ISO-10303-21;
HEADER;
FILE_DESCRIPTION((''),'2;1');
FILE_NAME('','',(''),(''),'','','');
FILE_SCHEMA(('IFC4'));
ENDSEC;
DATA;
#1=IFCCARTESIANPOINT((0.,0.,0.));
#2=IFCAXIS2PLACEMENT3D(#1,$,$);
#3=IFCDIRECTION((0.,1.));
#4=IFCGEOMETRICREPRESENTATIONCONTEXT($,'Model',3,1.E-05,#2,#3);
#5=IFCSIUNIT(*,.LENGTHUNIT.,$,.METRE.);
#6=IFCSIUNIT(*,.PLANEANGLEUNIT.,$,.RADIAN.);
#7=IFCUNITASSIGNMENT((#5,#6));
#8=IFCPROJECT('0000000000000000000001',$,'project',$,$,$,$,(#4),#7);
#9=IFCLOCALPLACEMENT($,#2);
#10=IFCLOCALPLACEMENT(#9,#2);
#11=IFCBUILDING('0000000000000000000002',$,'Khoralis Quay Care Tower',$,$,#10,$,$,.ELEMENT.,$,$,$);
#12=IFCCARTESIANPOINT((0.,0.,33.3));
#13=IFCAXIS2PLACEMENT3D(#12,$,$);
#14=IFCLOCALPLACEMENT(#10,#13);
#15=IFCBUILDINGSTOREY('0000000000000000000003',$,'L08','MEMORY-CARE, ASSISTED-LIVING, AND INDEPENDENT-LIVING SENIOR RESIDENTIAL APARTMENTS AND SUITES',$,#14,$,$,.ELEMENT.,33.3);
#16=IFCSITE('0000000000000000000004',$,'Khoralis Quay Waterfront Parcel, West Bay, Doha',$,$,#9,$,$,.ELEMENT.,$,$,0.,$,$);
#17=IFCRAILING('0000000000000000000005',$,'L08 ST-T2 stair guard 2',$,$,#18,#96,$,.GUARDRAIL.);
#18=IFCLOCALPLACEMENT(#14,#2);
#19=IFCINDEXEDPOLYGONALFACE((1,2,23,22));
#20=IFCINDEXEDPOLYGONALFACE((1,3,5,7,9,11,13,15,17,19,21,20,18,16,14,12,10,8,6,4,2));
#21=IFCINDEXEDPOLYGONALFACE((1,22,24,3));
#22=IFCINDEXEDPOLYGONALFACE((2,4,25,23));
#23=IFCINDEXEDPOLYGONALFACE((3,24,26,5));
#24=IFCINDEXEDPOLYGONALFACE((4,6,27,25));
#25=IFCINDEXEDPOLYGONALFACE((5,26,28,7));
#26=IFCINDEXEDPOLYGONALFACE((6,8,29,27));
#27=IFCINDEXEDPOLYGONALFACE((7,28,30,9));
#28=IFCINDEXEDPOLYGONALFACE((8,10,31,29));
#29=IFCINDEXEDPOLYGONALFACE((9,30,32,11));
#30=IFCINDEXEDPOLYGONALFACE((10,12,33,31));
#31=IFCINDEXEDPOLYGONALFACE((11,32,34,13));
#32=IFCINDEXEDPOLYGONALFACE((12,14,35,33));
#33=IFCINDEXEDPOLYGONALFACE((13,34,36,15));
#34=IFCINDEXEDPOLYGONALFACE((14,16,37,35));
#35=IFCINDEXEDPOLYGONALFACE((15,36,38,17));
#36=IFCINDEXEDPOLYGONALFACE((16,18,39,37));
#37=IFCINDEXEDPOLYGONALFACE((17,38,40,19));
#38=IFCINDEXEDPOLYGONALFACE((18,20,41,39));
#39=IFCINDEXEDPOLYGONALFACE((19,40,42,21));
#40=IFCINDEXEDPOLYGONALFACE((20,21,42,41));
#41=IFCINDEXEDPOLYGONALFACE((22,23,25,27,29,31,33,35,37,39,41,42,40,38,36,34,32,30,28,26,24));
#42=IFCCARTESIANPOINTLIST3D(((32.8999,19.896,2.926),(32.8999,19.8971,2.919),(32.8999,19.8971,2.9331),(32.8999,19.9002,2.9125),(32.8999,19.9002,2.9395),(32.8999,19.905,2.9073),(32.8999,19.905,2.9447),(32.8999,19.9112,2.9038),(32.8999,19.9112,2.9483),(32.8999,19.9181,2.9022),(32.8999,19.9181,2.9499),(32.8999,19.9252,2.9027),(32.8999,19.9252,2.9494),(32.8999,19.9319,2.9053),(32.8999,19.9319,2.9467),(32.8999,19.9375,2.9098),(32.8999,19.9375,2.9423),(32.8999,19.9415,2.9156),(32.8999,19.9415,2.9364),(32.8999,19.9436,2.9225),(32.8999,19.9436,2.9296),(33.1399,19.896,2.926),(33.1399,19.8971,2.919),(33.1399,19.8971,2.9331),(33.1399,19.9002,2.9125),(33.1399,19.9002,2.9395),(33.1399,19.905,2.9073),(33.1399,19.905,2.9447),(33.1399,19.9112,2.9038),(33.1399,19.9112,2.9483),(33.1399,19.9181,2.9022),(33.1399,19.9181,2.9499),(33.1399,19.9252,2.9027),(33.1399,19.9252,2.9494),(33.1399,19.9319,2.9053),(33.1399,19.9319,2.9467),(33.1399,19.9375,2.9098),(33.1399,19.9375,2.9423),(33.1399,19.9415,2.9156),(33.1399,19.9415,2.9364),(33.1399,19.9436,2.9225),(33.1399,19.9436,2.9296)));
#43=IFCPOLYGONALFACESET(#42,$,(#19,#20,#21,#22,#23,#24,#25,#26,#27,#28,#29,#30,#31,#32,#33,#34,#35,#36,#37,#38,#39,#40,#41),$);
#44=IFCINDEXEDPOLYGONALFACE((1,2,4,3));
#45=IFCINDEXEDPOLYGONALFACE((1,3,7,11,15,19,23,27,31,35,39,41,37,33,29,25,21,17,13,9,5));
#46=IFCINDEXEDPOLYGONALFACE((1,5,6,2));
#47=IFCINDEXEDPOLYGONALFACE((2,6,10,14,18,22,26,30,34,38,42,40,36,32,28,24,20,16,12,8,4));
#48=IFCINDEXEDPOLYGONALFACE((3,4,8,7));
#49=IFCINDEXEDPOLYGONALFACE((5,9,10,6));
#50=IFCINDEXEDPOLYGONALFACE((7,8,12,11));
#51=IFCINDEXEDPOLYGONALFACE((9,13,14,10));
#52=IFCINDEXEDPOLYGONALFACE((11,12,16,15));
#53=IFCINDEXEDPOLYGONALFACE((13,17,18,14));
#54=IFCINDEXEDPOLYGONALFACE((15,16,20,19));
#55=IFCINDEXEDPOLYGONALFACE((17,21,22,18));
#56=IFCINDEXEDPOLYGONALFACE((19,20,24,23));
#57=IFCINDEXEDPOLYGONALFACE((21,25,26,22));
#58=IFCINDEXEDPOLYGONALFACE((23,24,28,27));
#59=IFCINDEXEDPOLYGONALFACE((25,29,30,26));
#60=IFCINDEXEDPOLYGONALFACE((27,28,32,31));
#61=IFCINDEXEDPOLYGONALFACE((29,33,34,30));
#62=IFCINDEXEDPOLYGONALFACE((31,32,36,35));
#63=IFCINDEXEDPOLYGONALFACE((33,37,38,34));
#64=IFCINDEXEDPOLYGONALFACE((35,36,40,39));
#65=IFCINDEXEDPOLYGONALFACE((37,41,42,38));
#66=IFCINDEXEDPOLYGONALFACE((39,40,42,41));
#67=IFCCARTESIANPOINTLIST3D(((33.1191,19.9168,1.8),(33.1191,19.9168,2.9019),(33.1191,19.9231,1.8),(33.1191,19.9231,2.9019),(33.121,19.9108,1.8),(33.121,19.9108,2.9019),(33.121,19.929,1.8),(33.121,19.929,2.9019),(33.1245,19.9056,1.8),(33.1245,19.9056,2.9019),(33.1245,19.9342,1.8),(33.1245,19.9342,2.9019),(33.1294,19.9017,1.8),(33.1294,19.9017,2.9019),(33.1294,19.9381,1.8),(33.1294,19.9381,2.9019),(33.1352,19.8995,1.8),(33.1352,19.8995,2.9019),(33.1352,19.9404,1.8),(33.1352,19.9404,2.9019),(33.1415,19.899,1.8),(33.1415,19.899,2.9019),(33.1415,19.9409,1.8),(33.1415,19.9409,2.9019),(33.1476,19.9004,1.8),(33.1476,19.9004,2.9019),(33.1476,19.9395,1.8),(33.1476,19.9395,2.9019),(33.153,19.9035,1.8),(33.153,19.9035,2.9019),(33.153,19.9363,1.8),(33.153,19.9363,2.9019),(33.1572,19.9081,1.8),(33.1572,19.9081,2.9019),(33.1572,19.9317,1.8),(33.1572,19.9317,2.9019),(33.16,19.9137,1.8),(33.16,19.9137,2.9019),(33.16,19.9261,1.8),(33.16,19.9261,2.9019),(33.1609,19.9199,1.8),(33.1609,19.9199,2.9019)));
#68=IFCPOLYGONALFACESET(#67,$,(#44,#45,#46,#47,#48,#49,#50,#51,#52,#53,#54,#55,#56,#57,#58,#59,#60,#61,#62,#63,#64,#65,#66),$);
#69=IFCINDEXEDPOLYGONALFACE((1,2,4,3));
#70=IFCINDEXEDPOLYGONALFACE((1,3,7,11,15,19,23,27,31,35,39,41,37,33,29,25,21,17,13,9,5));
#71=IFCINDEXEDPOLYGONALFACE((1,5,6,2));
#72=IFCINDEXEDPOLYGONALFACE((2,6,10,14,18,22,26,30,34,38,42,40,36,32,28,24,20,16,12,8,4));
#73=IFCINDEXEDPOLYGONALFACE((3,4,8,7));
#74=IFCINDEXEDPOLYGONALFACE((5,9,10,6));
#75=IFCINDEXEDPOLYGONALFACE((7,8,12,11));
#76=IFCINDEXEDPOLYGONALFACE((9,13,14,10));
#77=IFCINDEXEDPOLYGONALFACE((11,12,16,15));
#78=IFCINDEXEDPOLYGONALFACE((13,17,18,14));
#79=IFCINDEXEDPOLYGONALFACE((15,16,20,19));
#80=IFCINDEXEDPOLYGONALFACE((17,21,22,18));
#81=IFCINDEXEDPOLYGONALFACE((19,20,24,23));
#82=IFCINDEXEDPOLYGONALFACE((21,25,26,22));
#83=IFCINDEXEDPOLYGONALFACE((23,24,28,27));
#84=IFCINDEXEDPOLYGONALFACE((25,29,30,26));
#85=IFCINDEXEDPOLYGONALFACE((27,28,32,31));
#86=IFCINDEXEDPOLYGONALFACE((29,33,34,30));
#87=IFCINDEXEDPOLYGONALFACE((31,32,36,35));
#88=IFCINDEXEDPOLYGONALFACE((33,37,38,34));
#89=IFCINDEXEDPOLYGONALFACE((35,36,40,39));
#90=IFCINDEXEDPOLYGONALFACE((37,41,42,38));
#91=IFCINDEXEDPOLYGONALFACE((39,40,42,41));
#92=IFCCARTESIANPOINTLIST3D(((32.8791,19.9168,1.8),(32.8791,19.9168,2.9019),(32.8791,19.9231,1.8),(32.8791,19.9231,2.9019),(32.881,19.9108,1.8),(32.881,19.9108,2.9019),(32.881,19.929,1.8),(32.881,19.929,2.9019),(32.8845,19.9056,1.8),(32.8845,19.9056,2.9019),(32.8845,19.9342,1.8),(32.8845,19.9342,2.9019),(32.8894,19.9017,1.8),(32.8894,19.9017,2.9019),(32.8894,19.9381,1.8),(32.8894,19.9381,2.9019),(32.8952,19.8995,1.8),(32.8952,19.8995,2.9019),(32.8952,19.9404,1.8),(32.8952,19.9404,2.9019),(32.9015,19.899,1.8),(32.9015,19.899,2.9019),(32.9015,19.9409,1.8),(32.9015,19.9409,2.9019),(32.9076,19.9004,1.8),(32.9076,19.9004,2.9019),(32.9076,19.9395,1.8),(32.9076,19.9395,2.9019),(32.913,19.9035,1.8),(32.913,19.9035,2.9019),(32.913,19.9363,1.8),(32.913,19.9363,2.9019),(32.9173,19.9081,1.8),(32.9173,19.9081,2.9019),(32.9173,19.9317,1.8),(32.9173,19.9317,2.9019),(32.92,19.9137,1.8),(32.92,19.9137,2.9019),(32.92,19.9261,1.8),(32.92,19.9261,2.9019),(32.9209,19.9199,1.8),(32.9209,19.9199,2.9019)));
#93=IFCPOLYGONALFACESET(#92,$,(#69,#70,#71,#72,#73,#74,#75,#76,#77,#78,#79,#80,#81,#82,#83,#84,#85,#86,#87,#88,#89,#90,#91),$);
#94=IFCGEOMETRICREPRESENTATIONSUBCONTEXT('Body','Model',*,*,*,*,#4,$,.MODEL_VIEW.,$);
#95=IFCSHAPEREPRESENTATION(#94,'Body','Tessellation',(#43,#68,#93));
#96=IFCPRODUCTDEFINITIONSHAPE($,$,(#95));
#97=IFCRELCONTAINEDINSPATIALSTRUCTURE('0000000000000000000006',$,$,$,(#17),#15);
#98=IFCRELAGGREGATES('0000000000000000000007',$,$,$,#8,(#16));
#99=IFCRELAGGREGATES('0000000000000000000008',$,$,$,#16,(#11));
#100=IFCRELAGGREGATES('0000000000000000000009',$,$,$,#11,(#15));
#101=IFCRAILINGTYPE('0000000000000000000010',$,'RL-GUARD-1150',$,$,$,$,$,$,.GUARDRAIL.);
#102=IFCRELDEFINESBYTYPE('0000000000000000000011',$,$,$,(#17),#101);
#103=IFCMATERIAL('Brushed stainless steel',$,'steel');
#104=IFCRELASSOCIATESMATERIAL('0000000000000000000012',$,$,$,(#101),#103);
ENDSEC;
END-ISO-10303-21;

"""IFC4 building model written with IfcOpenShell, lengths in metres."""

from ifc_helpers import new_model, si_unit, direction, frame, origin, origin_2d, place, context, subcontext, project, spatial, circle, extrude, material, type_object, element, save


model = new_model("IFC4")

# Units and contexts
model_context = context("Model", 3, precision=1e-05, world=origin(), true_north=direction((0.0, 1.0)))
body_context = subcontext(model_context, "Body", "Model", "MODEL_VIEW")
ifc_project = project(units=[si_unit("LENGTHUNIT", "METRE"), si_unit("PLANEANGLEUNIT", "RADIAN")], contexts=[model_context])

# Site, building, storey
site_placement = place(None, origin())
site = spatial("IfcSite", under=ifc_project, at=site_placement, Name="Khoralis Quay Waterfront Parcel, West Bay, Doha", CompositionType="ELEMENT", RefElevation=0.0)
building_placement = place(site_placement, origin())
building = spatial("IfcBuilding", under=site, at=building_placement, Name="Khoralis Quay Care Tower", CompositionType="ELEMENT")
storey_placement = place(building_placement, frame((0.0, 0.0, 33.3)))
storey = spatial("IfcBuildingStorey", under=building, at=storey_placement, Name="L08", Description="MEMORY-CARE, ASSISTED-LIVING, AND INDEPENDENT-LIVING SENIOR RESIDENTIAL APARTMENTS AND SUITES", CompositionType="ELEMENT", Elevation=33.3)

# Shared definitions
ifc_material_1 = material(Name="Brushed stainless steel", Category="steel")

# Railing
railing_type_1 = type_object("IfcRailingType", Name="RL-GUARD-1150", PredefinedType="GUARDRAIL", material=ifc_material_1)
railing_1_placement = place(storey_placement, frame((33.1399, 19.9199, 1.8)))
element("IfcRailing", 1, at=railing_1_placement, inside=storey, type_object=railing_type_1, Name="L08 ST-T2 stair guard 2", PredefinedType="GUARDRAIL", context=body_context, shape_type="SweptSolid", body=[
    extrude(circle(Radius=0.0239, at=origin_2d()), frame((0.0, 0.0, 1.126), z_axis=(-1.0, 0.0, 0.0), x_axis=(0.0, -1.0, 0.0)), (0.0, 0.0, 1.0), 0.24),
    extrude(circle(Radius=0.021, at=origin_2d()), origin(), (0.0, 0.0, 1.0), 1.1018),
    extrude(circle(Radius=0.021, at=origin_2d()), frame((-0.24, 0.0, 0.0)), (0.0, 0.0, 1.0), 1.1018),
])

save(model, "model.ifc")
